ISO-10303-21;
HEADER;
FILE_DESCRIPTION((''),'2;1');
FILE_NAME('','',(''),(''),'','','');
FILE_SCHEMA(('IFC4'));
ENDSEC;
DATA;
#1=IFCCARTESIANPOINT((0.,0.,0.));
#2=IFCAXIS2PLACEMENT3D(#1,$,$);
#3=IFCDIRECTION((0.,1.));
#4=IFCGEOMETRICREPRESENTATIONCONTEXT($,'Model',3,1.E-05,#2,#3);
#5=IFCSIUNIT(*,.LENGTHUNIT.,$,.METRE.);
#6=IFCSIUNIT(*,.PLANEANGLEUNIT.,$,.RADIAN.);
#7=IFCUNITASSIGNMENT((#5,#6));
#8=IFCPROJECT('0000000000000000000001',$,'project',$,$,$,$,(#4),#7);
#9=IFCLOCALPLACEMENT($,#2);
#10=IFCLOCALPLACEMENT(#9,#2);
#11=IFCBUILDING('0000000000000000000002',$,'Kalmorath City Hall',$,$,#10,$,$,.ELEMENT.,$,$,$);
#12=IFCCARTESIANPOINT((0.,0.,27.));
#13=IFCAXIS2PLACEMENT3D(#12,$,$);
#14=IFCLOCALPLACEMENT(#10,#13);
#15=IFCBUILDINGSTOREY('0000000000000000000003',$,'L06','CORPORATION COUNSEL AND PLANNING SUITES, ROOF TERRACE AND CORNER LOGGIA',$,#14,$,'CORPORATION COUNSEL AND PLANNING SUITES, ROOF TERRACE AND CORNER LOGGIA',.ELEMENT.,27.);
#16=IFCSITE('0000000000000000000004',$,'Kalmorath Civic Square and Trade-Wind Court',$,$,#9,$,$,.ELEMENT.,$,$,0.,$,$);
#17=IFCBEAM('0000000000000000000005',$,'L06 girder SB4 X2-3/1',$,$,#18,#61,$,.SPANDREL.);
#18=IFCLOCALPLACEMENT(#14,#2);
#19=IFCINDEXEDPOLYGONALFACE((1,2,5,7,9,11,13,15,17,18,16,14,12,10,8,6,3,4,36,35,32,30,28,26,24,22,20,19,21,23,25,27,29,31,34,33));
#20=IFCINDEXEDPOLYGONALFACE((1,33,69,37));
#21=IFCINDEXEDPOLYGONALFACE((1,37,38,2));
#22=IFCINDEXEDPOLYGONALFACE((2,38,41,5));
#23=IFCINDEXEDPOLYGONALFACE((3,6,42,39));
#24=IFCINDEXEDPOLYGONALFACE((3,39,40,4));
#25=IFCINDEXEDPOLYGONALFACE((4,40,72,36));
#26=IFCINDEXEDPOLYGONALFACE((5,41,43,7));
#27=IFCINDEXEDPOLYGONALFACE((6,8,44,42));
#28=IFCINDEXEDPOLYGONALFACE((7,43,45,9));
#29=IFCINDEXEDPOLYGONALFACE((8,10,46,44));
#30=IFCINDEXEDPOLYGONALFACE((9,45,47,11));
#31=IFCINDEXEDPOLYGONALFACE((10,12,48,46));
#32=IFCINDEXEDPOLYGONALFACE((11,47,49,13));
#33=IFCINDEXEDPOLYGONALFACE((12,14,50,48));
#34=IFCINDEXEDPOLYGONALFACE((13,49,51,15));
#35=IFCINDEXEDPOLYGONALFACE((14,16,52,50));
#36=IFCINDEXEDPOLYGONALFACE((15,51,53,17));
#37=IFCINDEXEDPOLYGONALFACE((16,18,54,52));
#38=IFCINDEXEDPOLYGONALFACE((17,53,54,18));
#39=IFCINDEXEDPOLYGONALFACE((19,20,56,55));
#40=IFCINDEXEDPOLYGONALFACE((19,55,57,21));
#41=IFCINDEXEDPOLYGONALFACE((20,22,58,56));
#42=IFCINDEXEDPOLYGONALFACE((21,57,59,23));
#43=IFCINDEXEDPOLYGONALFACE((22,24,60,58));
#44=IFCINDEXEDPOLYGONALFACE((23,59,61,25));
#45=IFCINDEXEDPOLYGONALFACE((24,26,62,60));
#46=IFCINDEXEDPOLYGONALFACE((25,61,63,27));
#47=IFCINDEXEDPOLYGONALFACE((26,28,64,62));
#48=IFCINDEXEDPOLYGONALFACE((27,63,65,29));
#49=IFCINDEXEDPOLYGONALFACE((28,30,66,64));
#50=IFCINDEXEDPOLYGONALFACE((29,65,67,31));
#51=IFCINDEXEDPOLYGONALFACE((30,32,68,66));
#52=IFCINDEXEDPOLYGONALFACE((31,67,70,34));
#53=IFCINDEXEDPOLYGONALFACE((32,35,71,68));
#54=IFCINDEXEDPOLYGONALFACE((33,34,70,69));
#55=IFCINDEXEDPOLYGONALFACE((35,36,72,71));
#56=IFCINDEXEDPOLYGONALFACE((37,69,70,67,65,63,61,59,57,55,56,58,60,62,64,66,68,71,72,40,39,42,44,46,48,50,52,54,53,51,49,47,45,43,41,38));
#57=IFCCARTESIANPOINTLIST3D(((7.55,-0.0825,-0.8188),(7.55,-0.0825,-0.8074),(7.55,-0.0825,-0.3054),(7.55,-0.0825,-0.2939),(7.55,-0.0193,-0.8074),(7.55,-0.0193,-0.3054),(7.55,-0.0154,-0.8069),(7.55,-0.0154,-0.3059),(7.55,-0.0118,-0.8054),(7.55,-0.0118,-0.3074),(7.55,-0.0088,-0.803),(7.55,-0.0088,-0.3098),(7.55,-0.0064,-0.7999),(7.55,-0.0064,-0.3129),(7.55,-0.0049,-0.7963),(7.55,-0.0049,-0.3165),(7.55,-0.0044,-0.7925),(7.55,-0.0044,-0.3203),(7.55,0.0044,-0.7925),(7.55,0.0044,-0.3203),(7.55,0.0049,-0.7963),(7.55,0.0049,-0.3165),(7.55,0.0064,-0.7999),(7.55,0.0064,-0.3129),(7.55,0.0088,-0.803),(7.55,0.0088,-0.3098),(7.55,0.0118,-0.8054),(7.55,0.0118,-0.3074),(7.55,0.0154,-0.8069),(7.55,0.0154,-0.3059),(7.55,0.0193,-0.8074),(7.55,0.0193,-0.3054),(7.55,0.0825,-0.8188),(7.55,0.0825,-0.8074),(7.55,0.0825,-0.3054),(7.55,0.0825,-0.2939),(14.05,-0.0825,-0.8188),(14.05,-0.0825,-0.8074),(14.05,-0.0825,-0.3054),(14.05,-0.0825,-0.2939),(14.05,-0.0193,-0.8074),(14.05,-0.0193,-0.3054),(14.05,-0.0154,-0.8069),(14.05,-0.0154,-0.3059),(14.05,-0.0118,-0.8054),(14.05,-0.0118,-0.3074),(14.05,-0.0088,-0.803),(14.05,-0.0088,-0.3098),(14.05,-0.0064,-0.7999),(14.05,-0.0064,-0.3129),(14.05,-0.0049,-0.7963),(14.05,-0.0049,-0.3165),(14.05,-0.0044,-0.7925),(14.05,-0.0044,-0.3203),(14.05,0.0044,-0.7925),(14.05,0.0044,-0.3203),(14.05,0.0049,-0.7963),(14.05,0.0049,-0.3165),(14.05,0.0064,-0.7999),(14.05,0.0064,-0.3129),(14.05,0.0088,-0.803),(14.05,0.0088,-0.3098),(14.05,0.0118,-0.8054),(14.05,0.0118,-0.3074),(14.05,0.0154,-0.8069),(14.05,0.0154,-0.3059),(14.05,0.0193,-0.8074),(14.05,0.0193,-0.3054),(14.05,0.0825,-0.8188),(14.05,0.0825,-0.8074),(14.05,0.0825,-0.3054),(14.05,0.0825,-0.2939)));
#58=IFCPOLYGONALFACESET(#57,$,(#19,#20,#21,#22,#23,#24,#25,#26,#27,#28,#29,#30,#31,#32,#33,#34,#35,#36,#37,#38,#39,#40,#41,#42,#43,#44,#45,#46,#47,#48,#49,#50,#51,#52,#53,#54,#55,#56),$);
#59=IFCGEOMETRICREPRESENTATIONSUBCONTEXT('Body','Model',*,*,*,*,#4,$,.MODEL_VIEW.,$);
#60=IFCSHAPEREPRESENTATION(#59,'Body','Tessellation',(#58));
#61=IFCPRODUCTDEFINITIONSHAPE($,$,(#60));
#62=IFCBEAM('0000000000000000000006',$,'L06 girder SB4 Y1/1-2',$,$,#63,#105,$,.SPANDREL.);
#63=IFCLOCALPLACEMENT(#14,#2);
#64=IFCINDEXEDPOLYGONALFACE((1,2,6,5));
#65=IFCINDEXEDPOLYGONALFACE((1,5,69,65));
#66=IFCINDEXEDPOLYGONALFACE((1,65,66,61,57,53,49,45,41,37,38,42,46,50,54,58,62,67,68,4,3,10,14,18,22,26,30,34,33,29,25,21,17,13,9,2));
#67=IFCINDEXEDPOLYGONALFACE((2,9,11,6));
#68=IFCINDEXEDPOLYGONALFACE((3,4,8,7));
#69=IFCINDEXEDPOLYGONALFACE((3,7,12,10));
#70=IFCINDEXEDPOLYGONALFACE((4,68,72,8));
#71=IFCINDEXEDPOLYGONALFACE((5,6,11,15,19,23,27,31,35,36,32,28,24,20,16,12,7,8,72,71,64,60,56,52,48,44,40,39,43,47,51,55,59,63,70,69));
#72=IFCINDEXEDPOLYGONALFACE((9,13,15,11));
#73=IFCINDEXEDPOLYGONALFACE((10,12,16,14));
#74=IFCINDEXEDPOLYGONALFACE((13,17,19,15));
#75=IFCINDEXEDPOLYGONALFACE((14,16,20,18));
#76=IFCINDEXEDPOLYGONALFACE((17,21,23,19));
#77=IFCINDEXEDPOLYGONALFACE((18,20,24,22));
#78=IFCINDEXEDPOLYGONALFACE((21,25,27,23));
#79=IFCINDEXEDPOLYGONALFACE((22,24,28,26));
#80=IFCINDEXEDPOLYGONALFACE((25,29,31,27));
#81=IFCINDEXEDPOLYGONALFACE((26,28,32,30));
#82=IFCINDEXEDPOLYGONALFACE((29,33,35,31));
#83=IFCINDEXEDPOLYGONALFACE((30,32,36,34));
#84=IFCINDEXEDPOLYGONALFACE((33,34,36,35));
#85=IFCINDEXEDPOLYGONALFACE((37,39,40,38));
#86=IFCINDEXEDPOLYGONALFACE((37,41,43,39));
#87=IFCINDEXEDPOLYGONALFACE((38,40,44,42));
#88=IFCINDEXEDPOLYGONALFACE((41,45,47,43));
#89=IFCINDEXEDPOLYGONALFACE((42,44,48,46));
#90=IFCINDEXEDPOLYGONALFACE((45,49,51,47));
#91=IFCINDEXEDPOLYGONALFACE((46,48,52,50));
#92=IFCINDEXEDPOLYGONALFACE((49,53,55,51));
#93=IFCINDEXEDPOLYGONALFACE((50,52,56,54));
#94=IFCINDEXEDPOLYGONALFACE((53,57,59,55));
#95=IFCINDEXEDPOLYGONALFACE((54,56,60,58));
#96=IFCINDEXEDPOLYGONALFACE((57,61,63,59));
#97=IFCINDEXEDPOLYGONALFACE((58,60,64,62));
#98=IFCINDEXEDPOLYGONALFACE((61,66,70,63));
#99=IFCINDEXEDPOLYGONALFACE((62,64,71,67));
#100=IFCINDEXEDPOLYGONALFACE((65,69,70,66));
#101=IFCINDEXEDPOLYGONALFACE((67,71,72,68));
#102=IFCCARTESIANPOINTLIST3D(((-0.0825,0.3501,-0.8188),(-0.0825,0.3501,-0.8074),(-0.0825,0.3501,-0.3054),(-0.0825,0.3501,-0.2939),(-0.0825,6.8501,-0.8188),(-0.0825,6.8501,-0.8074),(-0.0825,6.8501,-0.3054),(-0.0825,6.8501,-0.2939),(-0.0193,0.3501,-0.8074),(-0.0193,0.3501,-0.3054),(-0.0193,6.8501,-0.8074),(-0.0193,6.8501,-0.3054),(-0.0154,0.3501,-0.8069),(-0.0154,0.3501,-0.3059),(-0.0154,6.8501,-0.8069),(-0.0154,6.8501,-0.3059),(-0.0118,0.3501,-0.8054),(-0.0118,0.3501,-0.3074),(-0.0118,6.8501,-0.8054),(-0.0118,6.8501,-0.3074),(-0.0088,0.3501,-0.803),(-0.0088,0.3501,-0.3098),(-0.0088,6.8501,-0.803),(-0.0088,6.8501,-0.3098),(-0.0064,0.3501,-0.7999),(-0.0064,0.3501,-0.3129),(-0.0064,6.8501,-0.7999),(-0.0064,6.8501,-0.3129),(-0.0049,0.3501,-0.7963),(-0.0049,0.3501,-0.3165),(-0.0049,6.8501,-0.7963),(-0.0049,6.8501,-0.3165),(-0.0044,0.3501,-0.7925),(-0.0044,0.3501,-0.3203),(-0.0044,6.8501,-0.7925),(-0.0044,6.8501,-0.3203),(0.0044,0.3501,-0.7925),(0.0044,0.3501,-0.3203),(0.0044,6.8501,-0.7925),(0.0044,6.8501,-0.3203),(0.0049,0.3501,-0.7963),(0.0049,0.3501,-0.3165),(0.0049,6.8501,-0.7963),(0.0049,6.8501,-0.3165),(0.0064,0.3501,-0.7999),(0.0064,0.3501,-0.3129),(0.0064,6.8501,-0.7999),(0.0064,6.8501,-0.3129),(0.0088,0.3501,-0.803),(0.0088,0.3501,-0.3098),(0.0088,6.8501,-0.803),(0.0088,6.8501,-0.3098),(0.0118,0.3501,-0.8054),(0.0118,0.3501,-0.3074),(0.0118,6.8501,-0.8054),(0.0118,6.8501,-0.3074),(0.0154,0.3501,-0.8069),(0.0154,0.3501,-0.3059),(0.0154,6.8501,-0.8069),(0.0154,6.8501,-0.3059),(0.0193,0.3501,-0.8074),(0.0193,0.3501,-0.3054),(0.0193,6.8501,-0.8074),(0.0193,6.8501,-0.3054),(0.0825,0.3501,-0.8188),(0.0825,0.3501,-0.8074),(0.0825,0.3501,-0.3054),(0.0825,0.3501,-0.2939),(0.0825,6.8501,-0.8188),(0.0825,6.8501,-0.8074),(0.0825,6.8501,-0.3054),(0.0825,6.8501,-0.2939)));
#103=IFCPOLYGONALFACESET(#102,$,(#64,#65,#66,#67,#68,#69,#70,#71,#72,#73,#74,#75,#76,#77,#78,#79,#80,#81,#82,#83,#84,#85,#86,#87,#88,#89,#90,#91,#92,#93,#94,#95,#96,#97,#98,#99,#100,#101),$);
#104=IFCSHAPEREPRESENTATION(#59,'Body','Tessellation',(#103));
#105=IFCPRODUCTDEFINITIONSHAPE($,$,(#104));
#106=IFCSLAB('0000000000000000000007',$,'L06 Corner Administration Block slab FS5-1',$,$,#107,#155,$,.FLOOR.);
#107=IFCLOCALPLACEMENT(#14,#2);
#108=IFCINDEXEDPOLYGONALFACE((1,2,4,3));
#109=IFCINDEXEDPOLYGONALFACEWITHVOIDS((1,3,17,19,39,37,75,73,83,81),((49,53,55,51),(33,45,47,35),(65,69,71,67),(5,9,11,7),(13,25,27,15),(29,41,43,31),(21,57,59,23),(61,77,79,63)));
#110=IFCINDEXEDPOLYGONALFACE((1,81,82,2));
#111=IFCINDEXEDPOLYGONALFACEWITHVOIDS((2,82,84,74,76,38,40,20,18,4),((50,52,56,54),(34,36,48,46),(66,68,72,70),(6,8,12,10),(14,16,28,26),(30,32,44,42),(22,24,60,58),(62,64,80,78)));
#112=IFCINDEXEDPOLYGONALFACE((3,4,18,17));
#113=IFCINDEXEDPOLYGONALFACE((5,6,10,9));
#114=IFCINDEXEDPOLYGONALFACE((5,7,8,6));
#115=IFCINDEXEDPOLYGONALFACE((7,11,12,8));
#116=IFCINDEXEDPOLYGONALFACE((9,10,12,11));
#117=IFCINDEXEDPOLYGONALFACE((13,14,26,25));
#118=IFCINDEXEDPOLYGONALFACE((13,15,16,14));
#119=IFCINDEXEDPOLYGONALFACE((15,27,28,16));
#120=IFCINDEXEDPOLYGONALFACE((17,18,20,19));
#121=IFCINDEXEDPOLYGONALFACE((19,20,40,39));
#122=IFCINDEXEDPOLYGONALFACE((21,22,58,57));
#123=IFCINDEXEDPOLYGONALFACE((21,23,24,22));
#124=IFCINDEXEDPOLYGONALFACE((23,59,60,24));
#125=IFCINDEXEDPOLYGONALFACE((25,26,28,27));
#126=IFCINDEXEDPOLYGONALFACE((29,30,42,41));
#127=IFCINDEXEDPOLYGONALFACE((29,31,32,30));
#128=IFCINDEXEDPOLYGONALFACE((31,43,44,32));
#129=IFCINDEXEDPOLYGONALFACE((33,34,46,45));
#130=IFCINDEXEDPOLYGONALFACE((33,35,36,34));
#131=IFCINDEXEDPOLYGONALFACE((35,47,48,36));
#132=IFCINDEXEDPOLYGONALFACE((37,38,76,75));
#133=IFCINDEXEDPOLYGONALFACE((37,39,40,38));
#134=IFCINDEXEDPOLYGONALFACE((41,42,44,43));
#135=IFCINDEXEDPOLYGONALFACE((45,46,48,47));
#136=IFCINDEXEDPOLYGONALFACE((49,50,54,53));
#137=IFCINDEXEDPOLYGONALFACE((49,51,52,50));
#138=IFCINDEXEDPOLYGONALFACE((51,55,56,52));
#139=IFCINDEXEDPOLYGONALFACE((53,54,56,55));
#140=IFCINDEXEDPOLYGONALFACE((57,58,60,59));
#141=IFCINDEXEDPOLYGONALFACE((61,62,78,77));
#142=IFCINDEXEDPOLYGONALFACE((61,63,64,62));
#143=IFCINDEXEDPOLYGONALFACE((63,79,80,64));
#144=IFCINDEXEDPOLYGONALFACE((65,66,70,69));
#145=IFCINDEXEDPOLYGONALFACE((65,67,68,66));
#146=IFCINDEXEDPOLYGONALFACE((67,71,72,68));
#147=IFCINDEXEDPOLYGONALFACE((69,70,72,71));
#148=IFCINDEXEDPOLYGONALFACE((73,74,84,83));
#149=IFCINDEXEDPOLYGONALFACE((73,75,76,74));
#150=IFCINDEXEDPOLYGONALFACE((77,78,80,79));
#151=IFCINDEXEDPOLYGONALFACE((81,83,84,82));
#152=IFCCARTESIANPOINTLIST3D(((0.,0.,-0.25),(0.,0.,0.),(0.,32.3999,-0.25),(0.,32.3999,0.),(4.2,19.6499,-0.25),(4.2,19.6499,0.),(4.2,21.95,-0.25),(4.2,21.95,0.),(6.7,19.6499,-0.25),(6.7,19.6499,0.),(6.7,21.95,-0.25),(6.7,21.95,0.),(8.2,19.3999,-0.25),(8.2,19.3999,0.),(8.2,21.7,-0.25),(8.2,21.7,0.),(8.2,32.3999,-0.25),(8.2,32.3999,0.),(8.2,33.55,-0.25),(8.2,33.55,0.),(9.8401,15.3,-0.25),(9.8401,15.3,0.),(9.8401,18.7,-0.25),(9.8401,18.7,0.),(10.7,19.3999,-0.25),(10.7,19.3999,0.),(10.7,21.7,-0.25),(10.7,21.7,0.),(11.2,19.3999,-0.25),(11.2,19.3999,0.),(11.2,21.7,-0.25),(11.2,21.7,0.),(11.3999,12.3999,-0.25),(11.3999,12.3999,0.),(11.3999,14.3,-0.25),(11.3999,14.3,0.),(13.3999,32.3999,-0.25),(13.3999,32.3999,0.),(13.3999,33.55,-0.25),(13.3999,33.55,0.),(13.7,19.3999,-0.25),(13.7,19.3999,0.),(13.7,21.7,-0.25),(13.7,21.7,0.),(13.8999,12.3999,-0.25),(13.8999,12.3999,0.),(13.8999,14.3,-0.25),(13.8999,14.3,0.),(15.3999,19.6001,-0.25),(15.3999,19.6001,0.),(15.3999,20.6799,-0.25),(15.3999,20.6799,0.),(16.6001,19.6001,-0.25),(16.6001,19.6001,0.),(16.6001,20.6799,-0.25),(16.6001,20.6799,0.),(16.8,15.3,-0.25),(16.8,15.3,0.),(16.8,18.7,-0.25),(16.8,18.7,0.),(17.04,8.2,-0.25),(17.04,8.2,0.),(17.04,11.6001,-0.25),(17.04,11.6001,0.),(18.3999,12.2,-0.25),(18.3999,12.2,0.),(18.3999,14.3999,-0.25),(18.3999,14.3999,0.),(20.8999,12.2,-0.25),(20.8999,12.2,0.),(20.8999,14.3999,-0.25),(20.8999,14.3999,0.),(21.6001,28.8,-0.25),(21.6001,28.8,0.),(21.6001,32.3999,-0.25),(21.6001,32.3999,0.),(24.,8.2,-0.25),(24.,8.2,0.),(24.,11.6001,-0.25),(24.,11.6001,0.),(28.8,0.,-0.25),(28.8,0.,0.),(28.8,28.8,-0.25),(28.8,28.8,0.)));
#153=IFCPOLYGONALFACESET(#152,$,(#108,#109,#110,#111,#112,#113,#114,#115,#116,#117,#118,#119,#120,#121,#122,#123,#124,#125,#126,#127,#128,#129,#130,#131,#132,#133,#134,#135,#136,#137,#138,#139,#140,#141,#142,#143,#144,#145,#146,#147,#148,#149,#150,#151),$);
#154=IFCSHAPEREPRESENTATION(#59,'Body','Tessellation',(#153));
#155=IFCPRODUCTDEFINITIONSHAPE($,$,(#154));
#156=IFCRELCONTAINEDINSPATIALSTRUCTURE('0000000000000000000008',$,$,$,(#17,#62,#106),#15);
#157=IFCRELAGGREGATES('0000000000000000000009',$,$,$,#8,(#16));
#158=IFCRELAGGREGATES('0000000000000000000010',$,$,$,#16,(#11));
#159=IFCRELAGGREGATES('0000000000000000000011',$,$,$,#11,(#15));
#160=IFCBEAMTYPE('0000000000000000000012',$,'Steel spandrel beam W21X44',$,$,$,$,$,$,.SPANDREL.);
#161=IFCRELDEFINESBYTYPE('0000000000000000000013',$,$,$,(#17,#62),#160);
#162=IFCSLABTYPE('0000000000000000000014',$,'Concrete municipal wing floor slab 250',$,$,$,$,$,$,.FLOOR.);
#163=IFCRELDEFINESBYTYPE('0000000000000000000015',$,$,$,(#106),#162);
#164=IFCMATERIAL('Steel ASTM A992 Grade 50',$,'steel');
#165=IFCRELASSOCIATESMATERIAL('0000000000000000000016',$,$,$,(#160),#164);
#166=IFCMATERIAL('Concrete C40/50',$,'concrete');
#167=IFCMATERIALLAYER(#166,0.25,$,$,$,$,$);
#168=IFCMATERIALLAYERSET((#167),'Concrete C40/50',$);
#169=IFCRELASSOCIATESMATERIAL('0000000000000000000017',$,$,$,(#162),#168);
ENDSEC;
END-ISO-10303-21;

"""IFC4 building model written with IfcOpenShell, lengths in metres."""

from ifc_helpers import new_model, si_unit, direction, frame, origin, origin_2d, place, context, subcontext, project, spatial, polyline, i_section, outline, extrude, material, layer, layer_set, material_profile, profile_set, type_object, element, save


model = new_model("IFC4")

# Units and contexts
model_context = context("Model", 3, precision=1e-05, world=origin(), true_north=direction((0.0, 1.0)))
body_context = subcontext(model_context, "Body", "Model", "MODEL_VIEW")
ifc_project = project(units=[si_unit("LENGTHUNIT", "METRE"), si_unit("PLANEANGLEUNIT", "RADIAN")], contexts=[model_context])

# Site, building, storey
site_placement = place(None, origin())
site = spatial("IfcSite", under=ifc_project, at=site_placement, Name="Kalmorath Civic Square and Trade-Wind Court", CompositionType="ELEMENT", RefElevation=0.0)
building_placement = place(site_placement, origin())
building = spatial("IfcBuilding", under=site, at=building_placement, Name="Kalmorath City Hall", CompositionType="ELEMENT")
storey_placement = place(building_placement, frame((0.0, 0.0, 27.0)))
storey = spatial("IfcBuildingStorey", under=building, at=storey_placement, Name="L06", Description="CORPORATION COUNSEL AND PLANNING SUITES, ROOF TERRACE AND CORNER LOGGIA", LongName="CORPORATION COUNSEL AND PLANNING SUITES, ROOF TERRACE AND CORNER LOGGIA", CompositionType="ELEMENT", Elevation=27.0)

# Beams
ifc_material_1 = material(Name="Steel ASTM A992 Grade 50", Category="steel")
ifc_material_profile_1 = material_profile(ifc_material_1, i_section(OverallWidth=0.165, OverallDepth=0.5249, WebThickness=0.0088, FlangeThickness=0.0115, FilletRadius=0.0149, at=origin_2d()), Name="W21X44")
ifc_profile_set_1 = profile_set([ifc_material_profile_1], Name="Steel ASTM A992 Grade 50")
beam_type_1 = type_object("IfcBeamType", Name="Steel spandrel beam W21X44", PredefinedType="SPANDREL", material=ifc_profile_set_1)
for number, where, z_axis, x_axis, name in (
    (1, (7.55, 0.0, -0.5564), (1.0, 0.0, 0.0), (0.0, 1.0, 0.0), "L06 girder SB4 X2-3/1"),
    (2, (0.0, 0.3501, -0.5564), (0.0, 1.0, 0.0), (-1.0, 0.0, 0.0), "L06 girder SB4 Y1/1-2"),
):
    element("IfcBeam", number, at=place(storey_placement, frame(where, z_axis=z_axis, x_axis=x_axis)), inside=storey, type_object=beam_type_1, Name=name, PredefinedType="SPANDREL", context=body_context, shape_type="SweptSolid", body=[
        extrude(i_section(OverallWidth=0.165, OverallDepth=0.5249, WebThickness=0.0088, FlangeThickness=0.0115, FilletRadius=0.0149, at=origin_2d()), origin(), (0.0, 0.0, 1.0), 6.5),
    ])

# Slab
ifc_material_2 = material(Name="Concrete C40/50", Category="concrete")
ifc_layer_1 = layer(ifc_material_2, 0.25)
ifc_layer_set_1 = layer_set([ifc_layer_1], Name="Concrete C40/50")
slab_type_1 = type_object("IfcSlabType", Name="Concrete municipal wing floor slab 250", PredefinedType="FLOOR", material=ifc_layer_set_1)
slab_1_placement = place(storey_placement, frame((0.0, 0.0, -0.25)))
element("IfcSlab", 3, at=slab_1_placement, inside=storey, type_object=slab_type_1, Name="L06 Corner Administration Block slab FS5-1", PredefinedType="FLOOR", context=body_context, shape_type="SweptSolid", body=[
    extrude(outline(polyline([(28.8, 0.0), (0.0, 0.0), (0.0, 32.3999), (8.2, 32.3999), (8.2, 33.55), (13.3999, 33.55), (13.3999, 32.3999), (21.6001, 32.3999), (21.6001, 28.8), (28.8, 28.8), (28.8, 0.0)]), holes=[polyline([(9.8401, 18.7), (9.8401, 15.3), (16.8, 15.3), (16.8, 18.7), (9.8401, 18.7)]), polyline([(6.7, 21.95), (4.2, 21.95), (4.2, 19.6499), (6.7, 19.6499), (6.7, 21.95)]), polyline([(10.7, 19.3999), (10.7, 21.7), (8.2, 21.7), (8.2, 19.3999), (10.7, 19.3999)]), polyline([(11.2, 19.3999), (13.7, 19.3999), (13.7, 21.7), (11.2, 21.7), (11.2, 19.3999)]), polyline([(17.04, 11.6001), (17.04, 8.2), (24.0, 8.2), (24.0, 11.6001), (17.04, 11.6001)]), polyline([(13.8999, 14.3), (11.3999, 14.3), (11.3999, 12.3999), (13.8999, 12.3999), (13.8999, 14.3)]), polyline([(20.8999, 12.2), (20.8999, 14.3999), (18.3999, 14.3999), (18.3999, 12.2), (20.8999, 12.2)]), polyline([(15.3999, 20.6799), (15.3999, 19.6001), (16.6001, 19.6001), (16.6001, 20.6799), (15.3999, 20.6799)])]), origin(), (0.0, 0.0, 1.0), 0.25),
])

save(model, "model.ifc")
